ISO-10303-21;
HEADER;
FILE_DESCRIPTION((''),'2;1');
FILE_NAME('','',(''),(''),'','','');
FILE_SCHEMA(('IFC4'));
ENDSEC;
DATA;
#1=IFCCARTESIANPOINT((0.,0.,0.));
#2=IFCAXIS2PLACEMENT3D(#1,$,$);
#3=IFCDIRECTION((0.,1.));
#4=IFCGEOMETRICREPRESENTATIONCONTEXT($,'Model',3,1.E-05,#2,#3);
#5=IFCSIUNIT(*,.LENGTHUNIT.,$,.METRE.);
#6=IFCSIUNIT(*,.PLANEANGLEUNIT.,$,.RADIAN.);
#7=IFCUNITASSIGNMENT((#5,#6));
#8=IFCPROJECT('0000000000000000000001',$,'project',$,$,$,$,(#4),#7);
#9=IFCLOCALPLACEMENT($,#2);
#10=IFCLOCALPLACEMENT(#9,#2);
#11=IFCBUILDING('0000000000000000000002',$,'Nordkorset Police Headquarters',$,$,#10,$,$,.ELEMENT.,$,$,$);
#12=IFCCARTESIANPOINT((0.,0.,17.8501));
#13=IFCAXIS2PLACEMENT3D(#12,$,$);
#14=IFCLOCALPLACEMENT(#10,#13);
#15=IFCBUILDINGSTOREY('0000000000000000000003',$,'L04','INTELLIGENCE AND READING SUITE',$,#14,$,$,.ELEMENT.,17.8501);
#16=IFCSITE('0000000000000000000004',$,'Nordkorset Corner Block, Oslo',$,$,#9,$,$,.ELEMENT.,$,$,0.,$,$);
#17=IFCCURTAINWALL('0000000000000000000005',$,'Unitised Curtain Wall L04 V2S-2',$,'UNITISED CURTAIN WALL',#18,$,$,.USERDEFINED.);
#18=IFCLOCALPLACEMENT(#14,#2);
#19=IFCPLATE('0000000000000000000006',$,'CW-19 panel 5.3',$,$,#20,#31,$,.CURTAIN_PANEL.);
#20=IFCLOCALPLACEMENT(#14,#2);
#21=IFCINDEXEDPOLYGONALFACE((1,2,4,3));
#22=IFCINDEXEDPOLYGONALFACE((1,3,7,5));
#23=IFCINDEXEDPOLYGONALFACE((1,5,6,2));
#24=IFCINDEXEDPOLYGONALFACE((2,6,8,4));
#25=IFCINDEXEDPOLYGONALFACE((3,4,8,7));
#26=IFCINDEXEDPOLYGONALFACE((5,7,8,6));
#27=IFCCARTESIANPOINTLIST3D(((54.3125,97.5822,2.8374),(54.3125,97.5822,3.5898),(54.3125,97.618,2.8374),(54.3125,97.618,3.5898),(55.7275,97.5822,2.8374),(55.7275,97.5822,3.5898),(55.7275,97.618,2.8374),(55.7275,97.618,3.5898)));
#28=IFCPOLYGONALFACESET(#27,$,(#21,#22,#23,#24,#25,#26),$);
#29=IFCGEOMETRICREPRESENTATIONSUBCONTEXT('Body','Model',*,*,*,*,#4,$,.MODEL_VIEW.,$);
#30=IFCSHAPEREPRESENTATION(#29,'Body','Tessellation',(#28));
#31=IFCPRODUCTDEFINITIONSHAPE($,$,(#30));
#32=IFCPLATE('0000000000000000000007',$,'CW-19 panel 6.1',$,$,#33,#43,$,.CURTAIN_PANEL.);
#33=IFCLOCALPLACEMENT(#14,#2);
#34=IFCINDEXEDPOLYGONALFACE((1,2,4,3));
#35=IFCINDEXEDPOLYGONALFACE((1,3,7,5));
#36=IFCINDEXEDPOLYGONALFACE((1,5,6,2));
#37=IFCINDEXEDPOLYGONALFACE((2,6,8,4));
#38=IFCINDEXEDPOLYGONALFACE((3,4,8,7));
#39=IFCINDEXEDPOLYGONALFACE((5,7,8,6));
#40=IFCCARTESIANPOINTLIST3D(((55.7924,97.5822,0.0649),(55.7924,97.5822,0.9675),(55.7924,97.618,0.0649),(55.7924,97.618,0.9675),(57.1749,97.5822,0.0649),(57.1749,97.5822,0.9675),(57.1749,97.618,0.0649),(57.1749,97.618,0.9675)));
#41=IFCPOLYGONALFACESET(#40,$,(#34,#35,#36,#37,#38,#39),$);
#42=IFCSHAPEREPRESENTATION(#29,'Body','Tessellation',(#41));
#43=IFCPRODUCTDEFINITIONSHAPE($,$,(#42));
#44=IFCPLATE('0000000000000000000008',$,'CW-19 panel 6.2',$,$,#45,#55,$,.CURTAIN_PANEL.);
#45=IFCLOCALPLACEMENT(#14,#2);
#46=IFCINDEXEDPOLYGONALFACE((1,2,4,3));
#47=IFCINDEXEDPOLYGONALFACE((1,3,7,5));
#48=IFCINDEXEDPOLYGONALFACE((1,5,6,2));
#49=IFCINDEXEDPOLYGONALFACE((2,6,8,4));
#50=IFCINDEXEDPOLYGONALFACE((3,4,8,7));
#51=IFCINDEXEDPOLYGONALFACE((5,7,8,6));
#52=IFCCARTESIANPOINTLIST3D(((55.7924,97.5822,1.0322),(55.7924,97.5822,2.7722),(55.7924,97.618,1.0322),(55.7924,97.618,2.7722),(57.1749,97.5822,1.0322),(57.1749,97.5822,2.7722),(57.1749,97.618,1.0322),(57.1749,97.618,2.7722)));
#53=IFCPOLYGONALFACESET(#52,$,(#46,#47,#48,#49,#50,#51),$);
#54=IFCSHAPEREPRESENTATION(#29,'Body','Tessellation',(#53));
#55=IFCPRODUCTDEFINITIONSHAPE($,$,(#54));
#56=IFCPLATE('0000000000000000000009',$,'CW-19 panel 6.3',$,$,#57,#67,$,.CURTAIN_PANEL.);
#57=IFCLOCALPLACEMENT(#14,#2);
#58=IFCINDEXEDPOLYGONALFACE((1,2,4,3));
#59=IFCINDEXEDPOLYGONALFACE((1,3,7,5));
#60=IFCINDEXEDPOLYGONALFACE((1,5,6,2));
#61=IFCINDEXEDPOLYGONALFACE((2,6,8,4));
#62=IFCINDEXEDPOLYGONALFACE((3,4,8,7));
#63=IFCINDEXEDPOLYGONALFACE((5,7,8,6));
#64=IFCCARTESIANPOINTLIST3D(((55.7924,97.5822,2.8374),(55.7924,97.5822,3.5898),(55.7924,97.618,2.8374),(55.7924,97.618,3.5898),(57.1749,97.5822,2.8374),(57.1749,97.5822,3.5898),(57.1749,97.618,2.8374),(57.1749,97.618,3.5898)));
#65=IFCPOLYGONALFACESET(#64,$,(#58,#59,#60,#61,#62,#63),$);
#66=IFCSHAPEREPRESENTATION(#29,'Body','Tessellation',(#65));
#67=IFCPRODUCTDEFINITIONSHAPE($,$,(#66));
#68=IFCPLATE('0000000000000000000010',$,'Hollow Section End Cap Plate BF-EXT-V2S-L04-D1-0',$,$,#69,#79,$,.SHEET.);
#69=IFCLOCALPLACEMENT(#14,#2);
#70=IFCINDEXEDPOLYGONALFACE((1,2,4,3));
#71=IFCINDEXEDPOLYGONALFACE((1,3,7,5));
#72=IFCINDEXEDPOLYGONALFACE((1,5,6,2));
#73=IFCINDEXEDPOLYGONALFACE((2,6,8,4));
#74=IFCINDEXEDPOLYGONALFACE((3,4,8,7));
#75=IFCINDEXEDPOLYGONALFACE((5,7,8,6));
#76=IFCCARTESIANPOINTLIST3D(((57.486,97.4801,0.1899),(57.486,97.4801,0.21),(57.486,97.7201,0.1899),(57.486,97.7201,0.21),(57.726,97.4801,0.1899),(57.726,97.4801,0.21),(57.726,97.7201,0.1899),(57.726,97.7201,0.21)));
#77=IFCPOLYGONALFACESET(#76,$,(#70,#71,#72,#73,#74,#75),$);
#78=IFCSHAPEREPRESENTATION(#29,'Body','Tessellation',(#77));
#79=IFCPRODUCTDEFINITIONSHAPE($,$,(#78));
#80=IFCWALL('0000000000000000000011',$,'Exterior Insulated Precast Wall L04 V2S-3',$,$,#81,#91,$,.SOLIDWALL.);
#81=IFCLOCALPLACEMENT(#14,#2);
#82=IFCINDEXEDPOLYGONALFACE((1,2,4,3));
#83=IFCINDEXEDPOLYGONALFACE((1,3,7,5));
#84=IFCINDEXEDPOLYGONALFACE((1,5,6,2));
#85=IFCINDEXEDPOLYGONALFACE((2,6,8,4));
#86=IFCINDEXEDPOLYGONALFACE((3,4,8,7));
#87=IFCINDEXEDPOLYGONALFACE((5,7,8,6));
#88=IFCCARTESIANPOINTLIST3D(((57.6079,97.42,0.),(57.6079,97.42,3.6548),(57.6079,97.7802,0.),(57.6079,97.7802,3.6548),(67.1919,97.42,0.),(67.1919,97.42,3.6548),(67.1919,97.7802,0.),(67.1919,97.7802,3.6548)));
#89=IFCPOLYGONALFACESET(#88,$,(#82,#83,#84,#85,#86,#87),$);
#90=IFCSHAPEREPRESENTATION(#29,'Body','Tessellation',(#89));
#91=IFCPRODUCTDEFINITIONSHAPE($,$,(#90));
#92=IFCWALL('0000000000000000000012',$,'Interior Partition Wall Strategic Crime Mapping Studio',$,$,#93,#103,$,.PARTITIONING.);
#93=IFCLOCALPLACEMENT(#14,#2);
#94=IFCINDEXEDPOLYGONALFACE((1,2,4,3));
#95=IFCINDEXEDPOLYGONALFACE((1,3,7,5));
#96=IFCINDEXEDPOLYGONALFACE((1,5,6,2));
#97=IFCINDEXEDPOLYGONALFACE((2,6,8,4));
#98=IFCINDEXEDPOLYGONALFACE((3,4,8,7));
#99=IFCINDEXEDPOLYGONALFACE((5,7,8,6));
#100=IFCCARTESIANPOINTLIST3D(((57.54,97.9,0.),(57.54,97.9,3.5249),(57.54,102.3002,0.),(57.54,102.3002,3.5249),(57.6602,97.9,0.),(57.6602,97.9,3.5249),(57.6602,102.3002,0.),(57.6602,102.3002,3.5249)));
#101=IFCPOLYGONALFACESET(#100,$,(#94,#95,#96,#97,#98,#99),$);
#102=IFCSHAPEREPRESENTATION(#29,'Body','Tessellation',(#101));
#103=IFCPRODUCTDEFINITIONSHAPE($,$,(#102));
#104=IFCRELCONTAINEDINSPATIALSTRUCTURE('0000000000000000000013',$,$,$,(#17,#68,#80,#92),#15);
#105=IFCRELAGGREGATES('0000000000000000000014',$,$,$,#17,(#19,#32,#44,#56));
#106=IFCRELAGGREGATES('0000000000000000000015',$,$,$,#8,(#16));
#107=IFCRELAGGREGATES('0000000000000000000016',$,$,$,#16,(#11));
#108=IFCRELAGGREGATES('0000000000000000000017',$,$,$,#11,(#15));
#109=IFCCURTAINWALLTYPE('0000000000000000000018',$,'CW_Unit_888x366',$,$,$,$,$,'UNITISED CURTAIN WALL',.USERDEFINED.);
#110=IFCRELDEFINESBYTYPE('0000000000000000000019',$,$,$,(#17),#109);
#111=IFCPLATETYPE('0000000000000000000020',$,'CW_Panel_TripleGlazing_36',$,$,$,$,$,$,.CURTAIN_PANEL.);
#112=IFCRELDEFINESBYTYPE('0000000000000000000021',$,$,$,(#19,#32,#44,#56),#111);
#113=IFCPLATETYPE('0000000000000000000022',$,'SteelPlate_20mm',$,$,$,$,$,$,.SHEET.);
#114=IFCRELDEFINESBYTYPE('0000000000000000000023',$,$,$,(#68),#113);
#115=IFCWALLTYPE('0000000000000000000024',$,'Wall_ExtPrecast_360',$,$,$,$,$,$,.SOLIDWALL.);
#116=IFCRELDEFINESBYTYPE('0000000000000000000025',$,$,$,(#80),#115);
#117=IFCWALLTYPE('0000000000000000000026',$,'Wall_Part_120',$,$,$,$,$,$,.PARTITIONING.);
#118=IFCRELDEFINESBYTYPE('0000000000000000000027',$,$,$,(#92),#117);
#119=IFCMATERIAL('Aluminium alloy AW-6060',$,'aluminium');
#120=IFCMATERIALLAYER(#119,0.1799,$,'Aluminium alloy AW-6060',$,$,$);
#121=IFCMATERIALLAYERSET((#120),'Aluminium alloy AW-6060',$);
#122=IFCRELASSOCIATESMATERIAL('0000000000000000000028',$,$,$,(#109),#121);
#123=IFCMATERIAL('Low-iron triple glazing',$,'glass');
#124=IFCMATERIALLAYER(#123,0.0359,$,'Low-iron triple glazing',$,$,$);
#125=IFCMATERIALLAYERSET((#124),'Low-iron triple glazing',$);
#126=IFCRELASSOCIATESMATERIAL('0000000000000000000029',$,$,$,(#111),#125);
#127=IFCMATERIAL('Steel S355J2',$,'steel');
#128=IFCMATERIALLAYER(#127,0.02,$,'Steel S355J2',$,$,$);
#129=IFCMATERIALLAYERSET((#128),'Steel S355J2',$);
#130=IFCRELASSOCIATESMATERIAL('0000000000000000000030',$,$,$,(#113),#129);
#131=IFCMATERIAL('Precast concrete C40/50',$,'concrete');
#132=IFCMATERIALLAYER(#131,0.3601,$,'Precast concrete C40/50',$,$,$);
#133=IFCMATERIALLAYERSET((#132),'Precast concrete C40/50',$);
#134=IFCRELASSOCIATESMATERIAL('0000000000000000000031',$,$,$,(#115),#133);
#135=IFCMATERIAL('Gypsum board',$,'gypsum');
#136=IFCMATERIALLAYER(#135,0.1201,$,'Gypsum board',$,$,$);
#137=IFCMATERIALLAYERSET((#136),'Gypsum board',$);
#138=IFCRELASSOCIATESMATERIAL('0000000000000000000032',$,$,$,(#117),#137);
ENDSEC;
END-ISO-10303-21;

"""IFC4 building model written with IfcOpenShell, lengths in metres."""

from ifc_helpers import new_model, si_unit, direction, frame, frame_2d, origin, origin_2d, place, context, subcontext, project, spatial, rectangle, extrude, material, layer, layer_set, type_object, element, aggregate, save


model = new_model("IFC4")

# Units and contexts
model_context = context("Model", 3, precision=1e-05, world=origin(), true_north=direction((0.0, 1.0)))
body_context = subcontext(model_context, "Body", "Model", "MODEL_VIEW")
ifc_project = project(units=[si_unit("LENGTHUNIT", "METRE"), si_unit("PLANEANGLEUNIT", "RADIAN")], contexts=[model_context])

# Site, building, storey
site_placement = place(None, origin())
site = spatial("IfcSite", under=ifc_project, at=site_placement, Name="Nordkorset Corner Block, Oslo", CompositionType="ELEMENT", RefElevation=0.0)
building_placement = place(site_placement, origin())
building = spatial("IfcBuilding", under=site, at=building_placement, Name="Nordkorset Police Headquarters", CompositionType="ELEMENT")
storey_placement = place(building_placement, frame((0.0, 0.0, 17.8501)))
storey = spatial("IfcBuildingStorey", under=building, at=storey_placement, Name="L04", Description="INTELLIGENCE AND READING SUITE", CompositionType="ELEMENT", Elevation=17.8501)

# Curtain wall
ifc_material_1 = material(Name="Aluminium alloy AW-6060", Category="aluminium")
ifc_layer_1 = layer(ifc_material_1, 0.1799, Name="Aluminium alloy AW-6060")
ifc_layer_set_1 = layer_set([ifc_layer_1], Name="Aluminium alloy AW-6060")
curtain_wall_type = type_object("IfcCurtainWallType", Name="CW_Unit_888x366", ElementType="UNITISED CURTAIN WALL", PredefinedType="USERDEFINED", material=ifc_layer_set_1)
curtain_wall_placement = place(storey_placement, origin())
curtain_wall = element("IfcCurtainWall", 1, at=curtain_wall_placement, inside=storey, type_object=curtain_wall_type, Name="Unitised Curtain Wall L04 V2S-2", ObjectType="UNITISED CURTAIN WALL", PredefinedType="USERDEFINED")

# Plates
ifc_material_2 = material(Name="Low-iron triple glazing", Category="glass")
ifc_layer_2 = layer(ifc_material_2, 0.0359, Name="Low-iron triple glazing")
ifc_layer_set_2 = layer_set([ifc_layer_2], Name="Low-iron triple glazing")
plate_type_1 = type_object("IfcPlateType", Name="CW_Panel_TripleGlazing_36", PredefinedType="CURTAIN_PANEL", material=ifc_layer_set_2)
plate_1_placement = place(storey_placement, frame((55.02, 97.6001, 2.8374), z_axis=(0.0, 0.0, 1.0), x_axis=(1.0, 0.0, 0.0)))
plate_1 = element("IfcPlate", 2, at=plate_1_placement, type_object=plate_type_1, Name="CW-19 panel 5.3", PredefinedType="CURTAIN_PANEL", context=body_context, shape_type="SweptSolid", body=[
    extrude(rectangle(XDim=1.415, YDim=0.0359, at=origin_2d()), origin(), (0.0, 0.0, 1.0), 0.7524),
])
plate_2_placement = place(storey_placement, frame((56.4836, 97.6001, 0.0649), z_axis=(0.0, 0.0, 1.0), x_axis=(1.0, 0.0, 0.0)))
plate_2 = element("IfcPlate", 3, at=plate_2_placement, type_object=plate_type_1, Name="CW-19 panel 6.1", PredefinedType="CURTAIN_PANEL", context=body_context, shape_type="SweptSolid", body=[
    extrude(rectangle(XDim=1.3826, YDim=0.0359, at=origin_2d()), origin(), (0.0, 0.0, 1.0), 0.9026),
])
plate_3_placement = place(storey_placement, frame((56.4836, 97.6001, 1.0322), z_axis=(0.0, 0.0, 1.0), x_axis=(1.0, 0.0, 0.0)))
plate_3 = element("IfcPlate", 4, at=plate_3_placement, type_object=plate_type_1, Name="CW-19 panel 6.2", PredefinedType="CURTAIN_PANEL", context=body_context, shape_type="SweptSolid", body=[
    extrude(rectangle(XDim=1.3826, YDim=0.0359, at=origin_2d()), origin(), (0.0, 0.0, 1.0), 1.74),
])
plate_4_placement = place(storey_placement, frame((56.4836, 97.6001, 2.8374), z_axis=(0.0, 0.0, 1.0), x_axis=(1.0, 0.0, 0.0)))
plate_4 = element("IfcPlate", 5, at=plate_4_placement, type_object=plate_type_1, Name="CW-19 panel 6.3", PredefinedType="CURTAIN_PANEL", context=body_context, shape_type="SweptSolid", body=[
    extrude(rectangle(XDim=1.3826, YDim=0.0359, at=origin_2d()), origin(), (0.0, 0.0, 1.0), 0.7524),
])
aggregate(curtain_wall, [plate_1, plate_2, plate_3, plate_4])
ifc_material_3 = material(Name="Steel S355J2", Category="steel")
ifc_layer_3 = layer(ifc_material_3, 0.02, Name="Steel S355J2")
ifc_layer_set_3 = layer_set([ifc_layer_3], Name="Steel S355J2")
plate_type_2 = type_object("IfcPlateType", Name="SteelPlate_20mm", PredefinedType="SHEET", material=ifc_layer_set_3)
plate_5_placement = place(storey_placement, frame((57.606, 97.6001, 0.1899), z_axis=(0.0, 0.0, 1.0), x_axis=(1.0, 0.0, 0.0)))
element("IfcPlate", 6, at=plate_5_placement, inside=storey, type_object=plate_type_2, Name="Hollow Section End Cap Plate BF-EXT-V2S-L04-D1-0", PredefinedType="SHEET", context=body_context, shape_type="SweptSolid", body=[
    extrude(rectangle(XDim=0.24, YDim=0.24, at=origin_2d()), origin(), (0.0, 0.0, 1.0), 0.02),
])

# Walls
ifc_material_4 = material(Name="Precast concrete C40/50", Category="concrete")
ifc_layer_4 = layer(ifc_material_4, 0.3601, Name="Precast concrete C40/50")
ifc_layer_set_4 = layer_set([ifc_layer_4], Name="Precast concrete C40/50")
wall_type_1 = type_object("IfcWallType", Name="Wall_ExtPrecast_360", PredefinedType="SOLIDWALL", material=ifc_layer_set_4)
wall_1_placement = place(storey_placement, frame((57.6079, 97.6001, 0.0), z_axis=(0.0, 0.0, 1.0), x_axis=(1.0, 0.0, 0.0)))
element("IfcWall", 7, at=wall_1_placement, inside=storey, type_object=wall_type_1, Name="Exterior Insulated Precast Wall L04 V2S-3", PredefinedType="SOLIDWALL", context=body_context, shape_type="SweptSolid", body=[
    extrude(rectangle(XDim=9.584, YDim=0.3601, at=frame_2d((4.792, 0.0))), origin(), (0.0, 0.0, 1.0), 3.6548),
])
ifc_material_5 = material(Name="Gypsum board", Category="gypsum")
ifc_layer_5 = layer(ifc_material_5, 0.1201, Name="Gypsum board")
ifc_layer_set_5 = layer_set([ifc_layer_5], Name="Gypsum board")
wall_type_2 = type_object("IfcWallType", Name="Wall_Part_120", PredefinedType="PARTITIONING", material=ifc_layer_set_5)
wall_2_placement = place(storey_placement, frame((57.6001, 97.8999, 0.0), z_axis=(0.0, 0.0, 1.0), x_axis=(0.0, 1.0, 0.0)))
element("IfcWall", 8, at=wall_2_placement, inside=storey, type_object=wall_type_2, Name="Interior Partition Wall Strategic Crime Mapping Studio", PredefinedType="PARTITIONING", context=body_context, shape_type="SweptSolid", body=[
    extrude(rectangle(XDim=4.4001, YDim=0.1201, at=frame_2d((2.2002, 0.0))), origin(), (0.0, 0.0, 1.0), 3.5249),
])

save(model, "model.ifc")
